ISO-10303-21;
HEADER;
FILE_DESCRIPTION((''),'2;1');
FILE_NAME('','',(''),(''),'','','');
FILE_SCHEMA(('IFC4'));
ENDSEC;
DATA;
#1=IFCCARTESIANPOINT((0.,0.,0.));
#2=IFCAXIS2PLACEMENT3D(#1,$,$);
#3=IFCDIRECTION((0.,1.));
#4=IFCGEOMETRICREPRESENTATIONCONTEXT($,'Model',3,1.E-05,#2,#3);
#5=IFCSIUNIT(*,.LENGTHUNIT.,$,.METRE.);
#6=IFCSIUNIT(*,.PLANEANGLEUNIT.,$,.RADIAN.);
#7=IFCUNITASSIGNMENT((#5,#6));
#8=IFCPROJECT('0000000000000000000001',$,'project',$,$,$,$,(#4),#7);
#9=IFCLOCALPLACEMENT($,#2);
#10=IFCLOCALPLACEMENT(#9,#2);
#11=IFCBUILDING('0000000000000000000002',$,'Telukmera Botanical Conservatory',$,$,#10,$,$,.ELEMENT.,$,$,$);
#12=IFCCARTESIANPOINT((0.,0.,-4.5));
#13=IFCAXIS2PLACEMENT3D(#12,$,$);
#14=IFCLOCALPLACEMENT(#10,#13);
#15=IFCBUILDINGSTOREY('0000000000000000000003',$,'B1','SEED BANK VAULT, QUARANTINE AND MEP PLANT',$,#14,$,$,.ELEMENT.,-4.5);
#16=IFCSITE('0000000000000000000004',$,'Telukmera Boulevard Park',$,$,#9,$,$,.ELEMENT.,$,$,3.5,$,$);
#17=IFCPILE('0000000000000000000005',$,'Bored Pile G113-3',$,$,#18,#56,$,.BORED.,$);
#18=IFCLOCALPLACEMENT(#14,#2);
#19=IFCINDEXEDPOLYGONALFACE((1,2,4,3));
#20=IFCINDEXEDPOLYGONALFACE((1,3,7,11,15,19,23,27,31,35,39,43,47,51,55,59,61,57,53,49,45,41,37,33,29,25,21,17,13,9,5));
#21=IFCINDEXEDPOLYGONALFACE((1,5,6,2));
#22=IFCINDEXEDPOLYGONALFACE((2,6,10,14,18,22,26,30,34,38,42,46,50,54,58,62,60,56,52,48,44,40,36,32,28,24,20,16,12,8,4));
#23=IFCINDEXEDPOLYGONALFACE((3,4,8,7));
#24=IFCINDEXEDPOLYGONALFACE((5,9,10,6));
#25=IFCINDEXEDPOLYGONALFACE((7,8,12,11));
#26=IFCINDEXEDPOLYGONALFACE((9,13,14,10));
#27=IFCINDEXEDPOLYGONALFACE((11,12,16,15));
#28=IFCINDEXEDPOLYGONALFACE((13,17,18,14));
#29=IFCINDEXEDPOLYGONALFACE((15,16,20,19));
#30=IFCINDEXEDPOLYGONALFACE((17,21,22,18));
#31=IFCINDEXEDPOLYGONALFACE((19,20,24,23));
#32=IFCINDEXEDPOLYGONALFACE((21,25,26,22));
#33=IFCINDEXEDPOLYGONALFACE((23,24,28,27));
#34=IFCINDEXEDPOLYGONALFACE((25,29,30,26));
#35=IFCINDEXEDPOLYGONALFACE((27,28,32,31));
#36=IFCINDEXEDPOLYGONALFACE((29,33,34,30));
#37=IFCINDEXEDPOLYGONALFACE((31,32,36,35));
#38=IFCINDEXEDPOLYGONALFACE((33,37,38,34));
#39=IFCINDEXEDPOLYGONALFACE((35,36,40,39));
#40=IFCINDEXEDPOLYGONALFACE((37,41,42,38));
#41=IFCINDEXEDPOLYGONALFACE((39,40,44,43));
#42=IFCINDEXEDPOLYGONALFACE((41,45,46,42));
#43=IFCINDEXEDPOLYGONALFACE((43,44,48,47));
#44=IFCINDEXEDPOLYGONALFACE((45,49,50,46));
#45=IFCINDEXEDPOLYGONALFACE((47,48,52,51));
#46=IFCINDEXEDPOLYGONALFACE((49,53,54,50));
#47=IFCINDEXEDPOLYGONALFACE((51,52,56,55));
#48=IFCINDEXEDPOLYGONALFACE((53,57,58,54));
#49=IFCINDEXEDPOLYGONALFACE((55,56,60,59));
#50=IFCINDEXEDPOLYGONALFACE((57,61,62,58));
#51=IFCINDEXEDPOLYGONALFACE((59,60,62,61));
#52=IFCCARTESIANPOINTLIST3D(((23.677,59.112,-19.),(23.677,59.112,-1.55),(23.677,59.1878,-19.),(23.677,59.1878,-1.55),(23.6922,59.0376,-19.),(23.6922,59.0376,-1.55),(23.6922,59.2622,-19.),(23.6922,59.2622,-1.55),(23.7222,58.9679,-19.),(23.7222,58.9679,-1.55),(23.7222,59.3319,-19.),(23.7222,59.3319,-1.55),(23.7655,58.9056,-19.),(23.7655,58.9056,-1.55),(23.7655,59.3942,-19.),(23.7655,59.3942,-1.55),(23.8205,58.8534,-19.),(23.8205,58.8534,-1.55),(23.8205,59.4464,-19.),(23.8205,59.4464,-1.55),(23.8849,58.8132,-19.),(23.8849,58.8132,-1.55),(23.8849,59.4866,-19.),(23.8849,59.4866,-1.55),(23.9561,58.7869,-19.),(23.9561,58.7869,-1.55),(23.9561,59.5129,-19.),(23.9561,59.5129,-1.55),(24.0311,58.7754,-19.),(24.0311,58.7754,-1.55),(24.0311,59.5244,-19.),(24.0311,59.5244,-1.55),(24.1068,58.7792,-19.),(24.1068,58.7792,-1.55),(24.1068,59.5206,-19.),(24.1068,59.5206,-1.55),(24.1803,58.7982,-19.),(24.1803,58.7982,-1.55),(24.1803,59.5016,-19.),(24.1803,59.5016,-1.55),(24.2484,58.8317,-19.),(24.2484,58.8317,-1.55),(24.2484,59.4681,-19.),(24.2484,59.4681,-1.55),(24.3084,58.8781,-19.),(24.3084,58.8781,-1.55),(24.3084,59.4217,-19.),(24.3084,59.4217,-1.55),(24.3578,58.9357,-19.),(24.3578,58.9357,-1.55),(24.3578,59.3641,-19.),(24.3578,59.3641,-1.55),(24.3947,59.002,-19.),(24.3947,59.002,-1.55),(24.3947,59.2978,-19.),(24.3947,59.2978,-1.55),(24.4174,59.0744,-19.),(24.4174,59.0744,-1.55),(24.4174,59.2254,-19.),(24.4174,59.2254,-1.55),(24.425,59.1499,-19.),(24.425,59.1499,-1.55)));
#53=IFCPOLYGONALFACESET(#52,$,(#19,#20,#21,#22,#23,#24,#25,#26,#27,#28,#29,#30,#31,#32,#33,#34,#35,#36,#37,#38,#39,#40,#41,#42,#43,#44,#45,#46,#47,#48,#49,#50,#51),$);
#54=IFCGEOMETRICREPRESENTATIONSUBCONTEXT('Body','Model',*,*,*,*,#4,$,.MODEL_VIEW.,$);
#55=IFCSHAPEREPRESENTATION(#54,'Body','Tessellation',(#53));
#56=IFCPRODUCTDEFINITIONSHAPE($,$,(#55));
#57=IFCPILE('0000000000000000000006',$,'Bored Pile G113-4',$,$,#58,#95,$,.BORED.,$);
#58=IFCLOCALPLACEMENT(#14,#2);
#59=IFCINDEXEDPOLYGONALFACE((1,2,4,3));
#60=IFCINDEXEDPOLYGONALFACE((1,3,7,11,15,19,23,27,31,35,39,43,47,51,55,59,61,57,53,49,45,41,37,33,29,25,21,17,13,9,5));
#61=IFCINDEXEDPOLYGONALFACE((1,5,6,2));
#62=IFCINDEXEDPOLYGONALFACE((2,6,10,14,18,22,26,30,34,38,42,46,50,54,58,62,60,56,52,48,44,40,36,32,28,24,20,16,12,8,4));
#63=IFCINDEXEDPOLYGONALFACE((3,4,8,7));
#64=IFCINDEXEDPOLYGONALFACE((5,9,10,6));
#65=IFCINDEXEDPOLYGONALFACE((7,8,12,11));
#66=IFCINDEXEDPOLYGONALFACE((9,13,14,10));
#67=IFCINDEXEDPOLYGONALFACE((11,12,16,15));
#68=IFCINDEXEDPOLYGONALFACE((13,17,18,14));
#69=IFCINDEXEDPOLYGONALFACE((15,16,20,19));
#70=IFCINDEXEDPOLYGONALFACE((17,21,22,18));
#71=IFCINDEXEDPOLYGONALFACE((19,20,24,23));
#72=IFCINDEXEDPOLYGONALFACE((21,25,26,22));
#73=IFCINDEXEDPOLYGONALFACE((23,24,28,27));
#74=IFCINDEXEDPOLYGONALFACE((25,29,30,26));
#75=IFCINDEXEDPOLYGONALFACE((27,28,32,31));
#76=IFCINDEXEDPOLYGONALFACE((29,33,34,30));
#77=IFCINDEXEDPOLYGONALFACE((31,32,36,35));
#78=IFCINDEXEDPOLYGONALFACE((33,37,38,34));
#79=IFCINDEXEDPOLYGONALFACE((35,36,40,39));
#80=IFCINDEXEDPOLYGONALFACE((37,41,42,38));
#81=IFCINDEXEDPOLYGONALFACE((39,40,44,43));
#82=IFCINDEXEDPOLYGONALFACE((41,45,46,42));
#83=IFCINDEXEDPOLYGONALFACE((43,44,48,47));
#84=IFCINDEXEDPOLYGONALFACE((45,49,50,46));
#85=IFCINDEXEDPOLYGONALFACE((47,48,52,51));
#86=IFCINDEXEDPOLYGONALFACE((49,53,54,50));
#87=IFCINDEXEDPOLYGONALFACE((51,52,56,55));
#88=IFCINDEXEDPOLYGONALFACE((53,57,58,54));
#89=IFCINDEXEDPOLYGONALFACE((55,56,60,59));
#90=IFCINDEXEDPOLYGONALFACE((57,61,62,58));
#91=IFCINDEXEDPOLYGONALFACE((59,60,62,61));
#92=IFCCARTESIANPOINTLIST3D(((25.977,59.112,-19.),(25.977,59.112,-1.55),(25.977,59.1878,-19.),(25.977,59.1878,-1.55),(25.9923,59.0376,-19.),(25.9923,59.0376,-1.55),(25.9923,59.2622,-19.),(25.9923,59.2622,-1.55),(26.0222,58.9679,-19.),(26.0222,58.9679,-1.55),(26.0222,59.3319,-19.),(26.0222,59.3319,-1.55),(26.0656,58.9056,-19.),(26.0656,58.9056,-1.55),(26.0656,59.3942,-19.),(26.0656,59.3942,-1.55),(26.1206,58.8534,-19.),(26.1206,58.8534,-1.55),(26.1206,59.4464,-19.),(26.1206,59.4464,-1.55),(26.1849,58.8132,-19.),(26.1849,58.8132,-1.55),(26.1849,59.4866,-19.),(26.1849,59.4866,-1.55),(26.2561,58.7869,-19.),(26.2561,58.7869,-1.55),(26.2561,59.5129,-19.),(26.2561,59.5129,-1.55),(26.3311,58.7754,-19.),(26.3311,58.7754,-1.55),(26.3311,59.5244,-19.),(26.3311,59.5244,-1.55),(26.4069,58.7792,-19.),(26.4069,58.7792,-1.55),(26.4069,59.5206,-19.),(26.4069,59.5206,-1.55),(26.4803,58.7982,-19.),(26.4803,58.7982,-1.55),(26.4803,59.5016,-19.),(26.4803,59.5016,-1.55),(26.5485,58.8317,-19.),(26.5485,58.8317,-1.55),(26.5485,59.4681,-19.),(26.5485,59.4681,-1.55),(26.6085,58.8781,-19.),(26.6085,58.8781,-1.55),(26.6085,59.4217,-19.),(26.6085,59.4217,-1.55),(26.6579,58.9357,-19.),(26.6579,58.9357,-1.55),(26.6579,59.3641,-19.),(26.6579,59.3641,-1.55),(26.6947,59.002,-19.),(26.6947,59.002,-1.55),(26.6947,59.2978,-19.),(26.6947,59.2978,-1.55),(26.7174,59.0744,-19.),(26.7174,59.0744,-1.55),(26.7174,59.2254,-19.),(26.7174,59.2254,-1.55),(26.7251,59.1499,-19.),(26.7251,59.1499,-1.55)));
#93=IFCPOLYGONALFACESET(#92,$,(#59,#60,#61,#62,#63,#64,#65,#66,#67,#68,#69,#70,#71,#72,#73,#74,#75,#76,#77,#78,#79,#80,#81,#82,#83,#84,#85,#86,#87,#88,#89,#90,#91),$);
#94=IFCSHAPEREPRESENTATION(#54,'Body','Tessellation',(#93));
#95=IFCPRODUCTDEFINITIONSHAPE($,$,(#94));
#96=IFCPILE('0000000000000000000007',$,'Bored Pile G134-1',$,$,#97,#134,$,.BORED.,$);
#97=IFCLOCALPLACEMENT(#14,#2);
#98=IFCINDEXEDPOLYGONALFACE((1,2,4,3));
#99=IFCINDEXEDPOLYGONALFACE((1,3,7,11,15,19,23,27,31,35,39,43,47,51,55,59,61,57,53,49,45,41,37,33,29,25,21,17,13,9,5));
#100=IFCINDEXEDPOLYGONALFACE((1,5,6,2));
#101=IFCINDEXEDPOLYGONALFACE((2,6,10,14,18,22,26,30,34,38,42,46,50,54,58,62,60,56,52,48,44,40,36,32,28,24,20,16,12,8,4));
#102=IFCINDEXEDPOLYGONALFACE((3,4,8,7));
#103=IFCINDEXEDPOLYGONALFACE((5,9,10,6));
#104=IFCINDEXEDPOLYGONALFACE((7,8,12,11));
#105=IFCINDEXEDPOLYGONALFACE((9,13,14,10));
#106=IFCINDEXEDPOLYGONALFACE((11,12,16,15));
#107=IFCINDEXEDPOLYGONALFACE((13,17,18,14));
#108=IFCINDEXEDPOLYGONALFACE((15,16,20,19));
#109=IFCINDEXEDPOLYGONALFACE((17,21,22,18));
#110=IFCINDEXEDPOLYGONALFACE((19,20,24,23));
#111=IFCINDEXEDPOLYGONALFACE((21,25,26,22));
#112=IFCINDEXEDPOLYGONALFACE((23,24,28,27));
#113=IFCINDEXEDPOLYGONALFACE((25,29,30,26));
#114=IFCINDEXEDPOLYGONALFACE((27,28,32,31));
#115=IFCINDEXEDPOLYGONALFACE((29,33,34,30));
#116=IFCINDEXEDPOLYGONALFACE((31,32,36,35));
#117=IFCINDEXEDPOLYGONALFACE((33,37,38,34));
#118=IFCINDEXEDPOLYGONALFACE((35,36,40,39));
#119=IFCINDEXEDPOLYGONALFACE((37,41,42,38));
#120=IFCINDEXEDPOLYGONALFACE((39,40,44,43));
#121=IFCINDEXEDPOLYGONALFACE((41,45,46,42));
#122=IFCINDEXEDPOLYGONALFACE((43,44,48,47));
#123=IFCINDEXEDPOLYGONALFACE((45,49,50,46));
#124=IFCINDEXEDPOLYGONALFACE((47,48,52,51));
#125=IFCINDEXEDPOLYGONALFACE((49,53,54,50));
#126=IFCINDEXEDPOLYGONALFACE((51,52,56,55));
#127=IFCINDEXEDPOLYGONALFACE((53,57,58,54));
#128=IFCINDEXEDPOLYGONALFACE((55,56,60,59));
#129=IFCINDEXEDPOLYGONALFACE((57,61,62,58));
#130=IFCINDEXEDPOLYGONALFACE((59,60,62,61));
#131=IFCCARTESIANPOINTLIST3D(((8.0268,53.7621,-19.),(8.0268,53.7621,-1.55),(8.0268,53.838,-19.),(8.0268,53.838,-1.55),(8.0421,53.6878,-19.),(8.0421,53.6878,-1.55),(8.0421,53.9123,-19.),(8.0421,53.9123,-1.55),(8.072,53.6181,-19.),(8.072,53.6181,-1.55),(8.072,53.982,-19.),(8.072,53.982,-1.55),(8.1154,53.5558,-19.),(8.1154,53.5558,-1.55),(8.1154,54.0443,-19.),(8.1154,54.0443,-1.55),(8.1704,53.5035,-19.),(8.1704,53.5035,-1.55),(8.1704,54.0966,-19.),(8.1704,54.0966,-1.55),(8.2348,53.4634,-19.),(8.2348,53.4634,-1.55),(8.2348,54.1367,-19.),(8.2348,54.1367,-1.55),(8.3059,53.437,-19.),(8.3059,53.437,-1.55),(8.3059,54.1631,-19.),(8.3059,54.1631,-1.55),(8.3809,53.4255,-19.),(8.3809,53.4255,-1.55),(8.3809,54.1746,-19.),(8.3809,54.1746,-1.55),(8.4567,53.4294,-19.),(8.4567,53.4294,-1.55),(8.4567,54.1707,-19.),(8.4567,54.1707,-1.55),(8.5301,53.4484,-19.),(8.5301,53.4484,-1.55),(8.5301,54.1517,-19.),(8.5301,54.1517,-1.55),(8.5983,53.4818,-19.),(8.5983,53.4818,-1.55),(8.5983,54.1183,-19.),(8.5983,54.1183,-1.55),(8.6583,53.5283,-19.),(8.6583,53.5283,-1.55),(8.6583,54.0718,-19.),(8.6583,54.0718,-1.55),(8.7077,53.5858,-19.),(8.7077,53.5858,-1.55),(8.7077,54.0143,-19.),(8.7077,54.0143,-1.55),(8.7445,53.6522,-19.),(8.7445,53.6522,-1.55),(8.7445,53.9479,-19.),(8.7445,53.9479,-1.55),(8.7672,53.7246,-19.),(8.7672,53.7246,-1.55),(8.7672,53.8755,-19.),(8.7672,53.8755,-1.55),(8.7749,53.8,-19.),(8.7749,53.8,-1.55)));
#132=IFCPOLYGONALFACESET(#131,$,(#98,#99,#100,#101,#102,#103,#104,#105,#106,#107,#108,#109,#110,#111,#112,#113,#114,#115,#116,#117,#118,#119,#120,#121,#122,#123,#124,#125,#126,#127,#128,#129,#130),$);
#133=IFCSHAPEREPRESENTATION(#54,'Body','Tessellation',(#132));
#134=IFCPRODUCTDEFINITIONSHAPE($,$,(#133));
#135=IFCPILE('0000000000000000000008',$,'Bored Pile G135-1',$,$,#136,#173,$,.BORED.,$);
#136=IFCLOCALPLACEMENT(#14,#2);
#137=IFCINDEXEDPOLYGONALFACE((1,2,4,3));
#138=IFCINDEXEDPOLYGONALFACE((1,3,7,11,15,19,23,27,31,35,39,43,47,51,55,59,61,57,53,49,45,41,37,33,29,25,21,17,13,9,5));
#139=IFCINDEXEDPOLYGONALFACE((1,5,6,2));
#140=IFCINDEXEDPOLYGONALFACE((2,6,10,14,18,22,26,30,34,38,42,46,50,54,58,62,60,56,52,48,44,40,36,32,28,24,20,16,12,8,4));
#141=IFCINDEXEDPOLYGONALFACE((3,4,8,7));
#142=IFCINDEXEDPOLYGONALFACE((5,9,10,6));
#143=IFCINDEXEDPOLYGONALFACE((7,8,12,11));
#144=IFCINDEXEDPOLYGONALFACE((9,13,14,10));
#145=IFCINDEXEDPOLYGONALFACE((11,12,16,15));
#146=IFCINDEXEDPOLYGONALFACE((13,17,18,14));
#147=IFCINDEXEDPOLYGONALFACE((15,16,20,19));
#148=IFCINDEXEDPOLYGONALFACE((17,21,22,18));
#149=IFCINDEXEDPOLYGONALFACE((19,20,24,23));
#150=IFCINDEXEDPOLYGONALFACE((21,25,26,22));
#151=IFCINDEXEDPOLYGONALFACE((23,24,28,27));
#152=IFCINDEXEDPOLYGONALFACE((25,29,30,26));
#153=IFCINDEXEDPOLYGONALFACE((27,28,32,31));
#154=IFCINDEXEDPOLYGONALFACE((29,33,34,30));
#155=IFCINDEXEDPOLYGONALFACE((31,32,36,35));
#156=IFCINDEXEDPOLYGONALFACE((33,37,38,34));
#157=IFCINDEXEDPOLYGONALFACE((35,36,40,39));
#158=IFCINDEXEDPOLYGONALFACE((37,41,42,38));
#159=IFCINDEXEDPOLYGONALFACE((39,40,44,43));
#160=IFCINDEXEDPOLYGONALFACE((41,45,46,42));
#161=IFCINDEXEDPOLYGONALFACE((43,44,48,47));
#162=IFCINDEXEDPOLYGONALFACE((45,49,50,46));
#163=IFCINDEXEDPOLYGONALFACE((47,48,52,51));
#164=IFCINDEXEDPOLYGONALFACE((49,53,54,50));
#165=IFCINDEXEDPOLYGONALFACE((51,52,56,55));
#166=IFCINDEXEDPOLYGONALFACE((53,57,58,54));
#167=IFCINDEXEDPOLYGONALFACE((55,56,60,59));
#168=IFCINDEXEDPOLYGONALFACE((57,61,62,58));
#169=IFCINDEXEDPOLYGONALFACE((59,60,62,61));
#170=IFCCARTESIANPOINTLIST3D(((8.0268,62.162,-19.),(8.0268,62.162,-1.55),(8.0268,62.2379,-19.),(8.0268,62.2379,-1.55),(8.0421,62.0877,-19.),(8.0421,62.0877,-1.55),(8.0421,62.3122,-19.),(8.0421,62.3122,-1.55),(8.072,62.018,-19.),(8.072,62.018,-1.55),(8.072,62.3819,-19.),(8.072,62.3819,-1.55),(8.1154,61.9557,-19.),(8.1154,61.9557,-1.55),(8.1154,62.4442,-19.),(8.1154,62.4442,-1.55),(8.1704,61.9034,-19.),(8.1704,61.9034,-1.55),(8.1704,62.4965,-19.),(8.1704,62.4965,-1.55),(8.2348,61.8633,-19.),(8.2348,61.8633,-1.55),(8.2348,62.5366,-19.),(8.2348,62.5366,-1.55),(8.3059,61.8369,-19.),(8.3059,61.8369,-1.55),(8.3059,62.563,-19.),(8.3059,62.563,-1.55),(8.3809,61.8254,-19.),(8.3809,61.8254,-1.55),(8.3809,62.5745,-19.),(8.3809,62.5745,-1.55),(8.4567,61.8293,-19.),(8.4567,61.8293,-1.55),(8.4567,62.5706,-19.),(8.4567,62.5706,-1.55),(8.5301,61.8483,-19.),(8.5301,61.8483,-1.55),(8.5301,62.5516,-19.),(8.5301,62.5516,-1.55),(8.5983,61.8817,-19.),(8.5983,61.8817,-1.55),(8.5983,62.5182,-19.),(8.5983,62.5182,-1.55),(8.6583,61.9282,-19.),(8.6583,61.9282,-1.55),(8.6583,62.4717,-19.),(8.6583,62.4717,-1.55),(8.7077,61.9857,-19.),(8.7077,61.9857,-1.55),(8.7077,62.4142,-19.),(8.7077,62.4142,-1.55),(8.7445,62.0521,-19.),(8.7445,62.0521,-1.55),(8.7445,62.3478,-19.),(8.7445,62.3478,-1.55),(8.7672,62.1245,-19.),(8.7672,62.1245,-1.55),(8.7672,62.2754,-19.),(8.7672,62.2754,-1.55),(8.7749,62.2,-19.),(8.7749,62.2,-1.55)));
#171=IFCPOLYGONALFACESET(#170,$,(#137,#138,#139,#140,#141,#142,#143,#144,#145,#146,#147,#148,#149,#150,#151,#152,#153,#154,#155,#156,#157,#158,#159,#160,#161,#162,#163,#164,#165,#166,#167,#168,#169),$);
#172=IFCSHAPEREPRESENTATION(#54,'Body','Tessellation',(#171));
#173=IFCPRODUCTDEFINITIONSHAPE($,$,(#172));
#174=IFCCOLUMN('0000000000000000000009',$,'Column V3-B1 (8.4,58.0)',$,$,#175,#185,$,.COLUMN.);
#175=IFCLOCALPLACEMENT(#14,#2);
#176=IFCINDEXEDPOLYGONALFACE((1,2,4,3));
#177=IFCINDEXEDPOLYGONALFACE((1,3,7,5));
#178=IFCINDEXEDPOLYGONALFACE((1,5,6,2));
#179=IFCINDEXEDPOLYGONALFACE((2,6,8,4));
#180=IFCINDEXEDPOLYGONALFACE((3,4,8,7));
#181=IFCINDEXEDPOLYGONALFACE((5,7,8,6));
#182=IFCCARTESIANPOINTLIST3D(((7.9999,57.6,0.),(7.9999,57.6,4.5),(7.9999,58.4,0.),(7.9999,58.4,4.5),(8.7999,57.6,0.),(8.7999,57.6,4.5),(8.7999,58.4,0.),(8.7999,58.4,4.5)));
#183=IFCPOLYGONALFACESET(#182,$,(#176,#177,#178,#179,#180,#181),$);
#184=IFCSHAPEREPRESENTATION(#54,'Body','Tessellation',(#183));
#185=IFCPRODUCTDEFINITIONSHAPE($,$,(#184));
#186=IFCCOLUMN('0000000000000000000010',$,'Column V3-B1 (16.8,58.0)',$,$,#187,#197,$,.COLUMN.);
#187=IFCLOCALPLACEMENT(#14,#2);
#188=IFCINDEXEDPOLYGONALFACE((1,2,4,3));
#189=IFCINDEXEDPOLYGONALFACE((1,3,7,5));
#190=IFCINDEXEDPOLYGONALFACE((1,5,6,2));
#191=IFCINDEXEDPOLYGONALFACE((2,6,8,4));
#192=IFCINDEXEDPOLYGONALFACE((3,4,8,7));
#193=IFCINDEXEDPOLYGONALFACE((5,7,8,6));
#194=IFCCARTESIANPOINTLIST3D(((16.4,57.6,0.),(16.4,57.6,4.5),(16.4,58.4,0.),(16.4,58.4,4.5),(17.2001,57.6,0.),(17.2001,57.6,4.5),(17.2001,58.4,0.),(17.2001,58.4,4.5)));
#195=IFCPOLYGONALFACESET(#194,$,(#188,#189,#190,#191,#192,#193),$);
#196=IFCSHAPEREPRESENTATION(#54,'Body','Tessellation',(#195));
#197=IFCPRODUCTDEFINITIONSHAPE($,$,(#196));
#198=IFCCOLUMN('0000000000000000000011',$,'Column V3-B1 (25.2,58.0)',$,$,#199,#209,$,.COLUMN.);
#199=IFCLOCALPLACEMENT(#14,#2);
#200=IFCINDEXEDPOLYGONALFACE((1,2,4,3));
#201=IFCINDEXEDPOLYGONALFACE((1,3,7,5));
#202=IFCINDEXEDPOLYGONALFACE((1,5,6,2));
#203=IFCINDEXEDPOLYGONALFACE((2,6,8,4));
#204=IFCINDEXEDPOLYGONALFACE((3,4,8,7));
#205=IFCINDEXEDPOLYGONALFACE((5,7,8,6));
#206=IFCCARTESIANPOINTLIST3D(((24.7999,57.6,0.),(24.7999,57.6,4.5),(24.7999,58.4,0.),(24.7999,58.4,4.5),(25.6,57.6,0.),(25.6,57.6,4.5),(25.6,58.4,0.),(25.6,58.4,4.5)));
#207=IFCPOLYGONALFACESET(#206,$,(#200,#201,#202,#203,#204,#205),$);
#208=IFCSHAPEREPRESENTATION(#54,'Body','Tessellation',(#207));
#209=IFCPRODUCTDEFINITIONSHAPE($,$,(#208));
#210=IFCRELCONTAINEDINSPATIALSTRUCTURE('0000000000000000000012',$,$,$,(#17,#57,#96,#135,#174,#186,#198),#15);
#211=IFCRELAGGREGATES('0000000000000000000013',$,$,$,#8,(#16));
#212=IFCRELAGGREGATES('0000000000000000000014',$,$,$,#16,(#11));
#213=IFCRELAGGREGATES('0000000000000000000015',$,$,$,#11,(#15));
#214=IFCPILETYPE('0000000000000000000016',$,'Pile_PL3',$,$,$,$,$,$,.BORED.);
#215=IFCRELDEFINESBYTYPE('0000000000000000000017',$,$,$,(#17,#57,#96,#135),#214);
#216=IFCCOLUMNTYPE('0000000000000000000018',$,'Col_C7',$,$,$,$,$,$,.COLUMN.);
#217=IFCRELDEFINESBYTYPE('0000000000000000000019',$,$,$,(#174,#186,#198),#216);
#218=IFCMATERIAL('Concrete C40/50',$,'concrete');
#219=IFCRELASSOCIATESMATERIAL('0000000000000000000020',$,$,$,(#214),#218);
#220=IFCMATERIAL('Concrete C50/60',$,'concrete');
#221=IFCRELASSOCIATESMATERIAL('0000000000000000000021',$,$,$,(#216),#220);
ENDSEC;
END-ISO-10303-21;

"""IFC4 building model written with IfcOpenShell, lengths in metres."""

from ifc_helpers import new_model, si_unit, direction, frame, origin, origin_2d, place, context, subcontext, project, spatial, rectangle, circle, extrude, material, material_profile, profile_set, type_object, element, save


model = new_model("IFC4")

# Units and contexts
model_context = context("Model", 3, precision=1e-05, world=origin(), true_north=direction((0.0, 1.0)))
body_context = subcontext(model_context, "Body", "Model", "MODEL_VIEW")
ifc_project = project(units=[si_unit("LENGTHUNIT", "METRE"), si_unit("PLANEANGLEUNIT", "RADIAN")], contexts=[model_context])

# Site, building, storey
site_placement = place(None, origin())
site = spatial("IfcSite", under=ifc_project, at=site_placement, Name="Telukmera Boulevard Park", CompositionType="ELEMENT", RefElevation=3.5)
building_placement = place(site_placement, origin())
building = spatial("IfcBuilding", under=site, at=building_placement, Name="Telukmera Botanical Conservatory", CompositionType="ELEMENT")
storey_placement = place(building_placement, frame((0.0, 0.0, -4.5)))
storey = spatial("IfcBuildingStorey", under=building, at=storey_placement, Name="B1", Description="SEED BANK VAULT, QUARANTINE AND MEP PLANT", CompositionType="ELEMENT", Elevation=-4.5)

# Shared definitions
ifc_material_1 = material(Name="Concrete C50/60", Category="concrete")
ifc_material_2 = material(Name="Concrete C40/50", Category="concrete")

# Piles
ifc_material_profile_1 = material_profile(ifc_material_2, circle(Radius=0.375, at=origin_2d()), Name="PILE D750")
ifc_profile_set_1 = profile_set([ifc_material_profile_1], Name="Concrete C40/50")
pile_type = type_object("IfcPileType", Name="Pile_PL3", PredefinedType="BORED", material=ifc_profile_set_1)
for number, where, z_axis, x_axis, name in (
    (1, (24.05, 59.1499, -1.55), (0.0, 0.0, -1.0), (1.0, 0.0, 0.0), "Bored Pile G113-3"),
    (2, (26.3501, 59.1499, -1.55), (0.0, 0.0, -1.0), (1.0, 0.0, 0.0), "Bored Pile G113-4"),
    (3, (8.3999, 53.8, -1.55), (0.0, 0.0, -1.0), (1.0, 0.0, 0.0), "Bored Pile G134-1"),
    (4, (8.3999, 62.2, -1.55), (0.0, 0.0, -1.0), (1.0, 0.0, 0.0), "Bored Pile G135-1"),
):
    element("IfcPile", number, at=place(storey_placement, frame(where, z_axis=z_axis, x_axis=x_axis)), inside=storey, type_object=pile_type, Name=name, PredefinedType="BORED", context=body_context, shape_type="SweptSolid", body=[
        extrude(circle(Radius=0.375, at=origin_2d()), origin(), (0.0, 0.0, 1.0), 17.45),
    ])

# Columns
ifc_material_profile_2 = material_profile(ifc_material_1, rectangle(XDim=0.8, YDim=0.8, at=origin_2d()), Name="RC 800x800")
ifc_profile_set_2 = profile_set([ifc_material_profile_2], Name="Concrete C50/60")
column_type_1 = type_object("IfcColumnType", Name="Col_C7", PredefinedType="COLUMN", material=ifc_profile_set_2)
for number, where, z_axis, x_axis, name in (
    (5, (8.3999, 58.0, 0.0), (0.0, 0.0, 1.0), (1.0, 0.0, 0.0), "Column V3-B1 (8.4,58.0)"),
    (6, (16.8, 58.0, 0.0), (0.0, 0.0, 1.0), (1.0, 0.0, 0.0), "Column V3-B1 (16.8,58.0)"),
    (7, (25.2, 58.0, 0.0), (0.0, 0.0, 1.0), (1.0, 0.0, 0.0), "Column V3-B1 (25.2,58.0)"),
):
    element("IfcColumn", number, at=place(storey_placement, frame(where, z_axis=z_axis, x_axis=x_axis)), inside=storey, type_object=column_type_1, Name=name, PredefinedType="COLUMN", context=body_context, shape_type="SweptSolid", body=[
        extrude(rectangle(XDim=0.8, YDim=0.8, at=origin_2d()), origin(), (0.0, 0.0, 1.0), 4.5),
    ])

save(model, "model.ifc")
